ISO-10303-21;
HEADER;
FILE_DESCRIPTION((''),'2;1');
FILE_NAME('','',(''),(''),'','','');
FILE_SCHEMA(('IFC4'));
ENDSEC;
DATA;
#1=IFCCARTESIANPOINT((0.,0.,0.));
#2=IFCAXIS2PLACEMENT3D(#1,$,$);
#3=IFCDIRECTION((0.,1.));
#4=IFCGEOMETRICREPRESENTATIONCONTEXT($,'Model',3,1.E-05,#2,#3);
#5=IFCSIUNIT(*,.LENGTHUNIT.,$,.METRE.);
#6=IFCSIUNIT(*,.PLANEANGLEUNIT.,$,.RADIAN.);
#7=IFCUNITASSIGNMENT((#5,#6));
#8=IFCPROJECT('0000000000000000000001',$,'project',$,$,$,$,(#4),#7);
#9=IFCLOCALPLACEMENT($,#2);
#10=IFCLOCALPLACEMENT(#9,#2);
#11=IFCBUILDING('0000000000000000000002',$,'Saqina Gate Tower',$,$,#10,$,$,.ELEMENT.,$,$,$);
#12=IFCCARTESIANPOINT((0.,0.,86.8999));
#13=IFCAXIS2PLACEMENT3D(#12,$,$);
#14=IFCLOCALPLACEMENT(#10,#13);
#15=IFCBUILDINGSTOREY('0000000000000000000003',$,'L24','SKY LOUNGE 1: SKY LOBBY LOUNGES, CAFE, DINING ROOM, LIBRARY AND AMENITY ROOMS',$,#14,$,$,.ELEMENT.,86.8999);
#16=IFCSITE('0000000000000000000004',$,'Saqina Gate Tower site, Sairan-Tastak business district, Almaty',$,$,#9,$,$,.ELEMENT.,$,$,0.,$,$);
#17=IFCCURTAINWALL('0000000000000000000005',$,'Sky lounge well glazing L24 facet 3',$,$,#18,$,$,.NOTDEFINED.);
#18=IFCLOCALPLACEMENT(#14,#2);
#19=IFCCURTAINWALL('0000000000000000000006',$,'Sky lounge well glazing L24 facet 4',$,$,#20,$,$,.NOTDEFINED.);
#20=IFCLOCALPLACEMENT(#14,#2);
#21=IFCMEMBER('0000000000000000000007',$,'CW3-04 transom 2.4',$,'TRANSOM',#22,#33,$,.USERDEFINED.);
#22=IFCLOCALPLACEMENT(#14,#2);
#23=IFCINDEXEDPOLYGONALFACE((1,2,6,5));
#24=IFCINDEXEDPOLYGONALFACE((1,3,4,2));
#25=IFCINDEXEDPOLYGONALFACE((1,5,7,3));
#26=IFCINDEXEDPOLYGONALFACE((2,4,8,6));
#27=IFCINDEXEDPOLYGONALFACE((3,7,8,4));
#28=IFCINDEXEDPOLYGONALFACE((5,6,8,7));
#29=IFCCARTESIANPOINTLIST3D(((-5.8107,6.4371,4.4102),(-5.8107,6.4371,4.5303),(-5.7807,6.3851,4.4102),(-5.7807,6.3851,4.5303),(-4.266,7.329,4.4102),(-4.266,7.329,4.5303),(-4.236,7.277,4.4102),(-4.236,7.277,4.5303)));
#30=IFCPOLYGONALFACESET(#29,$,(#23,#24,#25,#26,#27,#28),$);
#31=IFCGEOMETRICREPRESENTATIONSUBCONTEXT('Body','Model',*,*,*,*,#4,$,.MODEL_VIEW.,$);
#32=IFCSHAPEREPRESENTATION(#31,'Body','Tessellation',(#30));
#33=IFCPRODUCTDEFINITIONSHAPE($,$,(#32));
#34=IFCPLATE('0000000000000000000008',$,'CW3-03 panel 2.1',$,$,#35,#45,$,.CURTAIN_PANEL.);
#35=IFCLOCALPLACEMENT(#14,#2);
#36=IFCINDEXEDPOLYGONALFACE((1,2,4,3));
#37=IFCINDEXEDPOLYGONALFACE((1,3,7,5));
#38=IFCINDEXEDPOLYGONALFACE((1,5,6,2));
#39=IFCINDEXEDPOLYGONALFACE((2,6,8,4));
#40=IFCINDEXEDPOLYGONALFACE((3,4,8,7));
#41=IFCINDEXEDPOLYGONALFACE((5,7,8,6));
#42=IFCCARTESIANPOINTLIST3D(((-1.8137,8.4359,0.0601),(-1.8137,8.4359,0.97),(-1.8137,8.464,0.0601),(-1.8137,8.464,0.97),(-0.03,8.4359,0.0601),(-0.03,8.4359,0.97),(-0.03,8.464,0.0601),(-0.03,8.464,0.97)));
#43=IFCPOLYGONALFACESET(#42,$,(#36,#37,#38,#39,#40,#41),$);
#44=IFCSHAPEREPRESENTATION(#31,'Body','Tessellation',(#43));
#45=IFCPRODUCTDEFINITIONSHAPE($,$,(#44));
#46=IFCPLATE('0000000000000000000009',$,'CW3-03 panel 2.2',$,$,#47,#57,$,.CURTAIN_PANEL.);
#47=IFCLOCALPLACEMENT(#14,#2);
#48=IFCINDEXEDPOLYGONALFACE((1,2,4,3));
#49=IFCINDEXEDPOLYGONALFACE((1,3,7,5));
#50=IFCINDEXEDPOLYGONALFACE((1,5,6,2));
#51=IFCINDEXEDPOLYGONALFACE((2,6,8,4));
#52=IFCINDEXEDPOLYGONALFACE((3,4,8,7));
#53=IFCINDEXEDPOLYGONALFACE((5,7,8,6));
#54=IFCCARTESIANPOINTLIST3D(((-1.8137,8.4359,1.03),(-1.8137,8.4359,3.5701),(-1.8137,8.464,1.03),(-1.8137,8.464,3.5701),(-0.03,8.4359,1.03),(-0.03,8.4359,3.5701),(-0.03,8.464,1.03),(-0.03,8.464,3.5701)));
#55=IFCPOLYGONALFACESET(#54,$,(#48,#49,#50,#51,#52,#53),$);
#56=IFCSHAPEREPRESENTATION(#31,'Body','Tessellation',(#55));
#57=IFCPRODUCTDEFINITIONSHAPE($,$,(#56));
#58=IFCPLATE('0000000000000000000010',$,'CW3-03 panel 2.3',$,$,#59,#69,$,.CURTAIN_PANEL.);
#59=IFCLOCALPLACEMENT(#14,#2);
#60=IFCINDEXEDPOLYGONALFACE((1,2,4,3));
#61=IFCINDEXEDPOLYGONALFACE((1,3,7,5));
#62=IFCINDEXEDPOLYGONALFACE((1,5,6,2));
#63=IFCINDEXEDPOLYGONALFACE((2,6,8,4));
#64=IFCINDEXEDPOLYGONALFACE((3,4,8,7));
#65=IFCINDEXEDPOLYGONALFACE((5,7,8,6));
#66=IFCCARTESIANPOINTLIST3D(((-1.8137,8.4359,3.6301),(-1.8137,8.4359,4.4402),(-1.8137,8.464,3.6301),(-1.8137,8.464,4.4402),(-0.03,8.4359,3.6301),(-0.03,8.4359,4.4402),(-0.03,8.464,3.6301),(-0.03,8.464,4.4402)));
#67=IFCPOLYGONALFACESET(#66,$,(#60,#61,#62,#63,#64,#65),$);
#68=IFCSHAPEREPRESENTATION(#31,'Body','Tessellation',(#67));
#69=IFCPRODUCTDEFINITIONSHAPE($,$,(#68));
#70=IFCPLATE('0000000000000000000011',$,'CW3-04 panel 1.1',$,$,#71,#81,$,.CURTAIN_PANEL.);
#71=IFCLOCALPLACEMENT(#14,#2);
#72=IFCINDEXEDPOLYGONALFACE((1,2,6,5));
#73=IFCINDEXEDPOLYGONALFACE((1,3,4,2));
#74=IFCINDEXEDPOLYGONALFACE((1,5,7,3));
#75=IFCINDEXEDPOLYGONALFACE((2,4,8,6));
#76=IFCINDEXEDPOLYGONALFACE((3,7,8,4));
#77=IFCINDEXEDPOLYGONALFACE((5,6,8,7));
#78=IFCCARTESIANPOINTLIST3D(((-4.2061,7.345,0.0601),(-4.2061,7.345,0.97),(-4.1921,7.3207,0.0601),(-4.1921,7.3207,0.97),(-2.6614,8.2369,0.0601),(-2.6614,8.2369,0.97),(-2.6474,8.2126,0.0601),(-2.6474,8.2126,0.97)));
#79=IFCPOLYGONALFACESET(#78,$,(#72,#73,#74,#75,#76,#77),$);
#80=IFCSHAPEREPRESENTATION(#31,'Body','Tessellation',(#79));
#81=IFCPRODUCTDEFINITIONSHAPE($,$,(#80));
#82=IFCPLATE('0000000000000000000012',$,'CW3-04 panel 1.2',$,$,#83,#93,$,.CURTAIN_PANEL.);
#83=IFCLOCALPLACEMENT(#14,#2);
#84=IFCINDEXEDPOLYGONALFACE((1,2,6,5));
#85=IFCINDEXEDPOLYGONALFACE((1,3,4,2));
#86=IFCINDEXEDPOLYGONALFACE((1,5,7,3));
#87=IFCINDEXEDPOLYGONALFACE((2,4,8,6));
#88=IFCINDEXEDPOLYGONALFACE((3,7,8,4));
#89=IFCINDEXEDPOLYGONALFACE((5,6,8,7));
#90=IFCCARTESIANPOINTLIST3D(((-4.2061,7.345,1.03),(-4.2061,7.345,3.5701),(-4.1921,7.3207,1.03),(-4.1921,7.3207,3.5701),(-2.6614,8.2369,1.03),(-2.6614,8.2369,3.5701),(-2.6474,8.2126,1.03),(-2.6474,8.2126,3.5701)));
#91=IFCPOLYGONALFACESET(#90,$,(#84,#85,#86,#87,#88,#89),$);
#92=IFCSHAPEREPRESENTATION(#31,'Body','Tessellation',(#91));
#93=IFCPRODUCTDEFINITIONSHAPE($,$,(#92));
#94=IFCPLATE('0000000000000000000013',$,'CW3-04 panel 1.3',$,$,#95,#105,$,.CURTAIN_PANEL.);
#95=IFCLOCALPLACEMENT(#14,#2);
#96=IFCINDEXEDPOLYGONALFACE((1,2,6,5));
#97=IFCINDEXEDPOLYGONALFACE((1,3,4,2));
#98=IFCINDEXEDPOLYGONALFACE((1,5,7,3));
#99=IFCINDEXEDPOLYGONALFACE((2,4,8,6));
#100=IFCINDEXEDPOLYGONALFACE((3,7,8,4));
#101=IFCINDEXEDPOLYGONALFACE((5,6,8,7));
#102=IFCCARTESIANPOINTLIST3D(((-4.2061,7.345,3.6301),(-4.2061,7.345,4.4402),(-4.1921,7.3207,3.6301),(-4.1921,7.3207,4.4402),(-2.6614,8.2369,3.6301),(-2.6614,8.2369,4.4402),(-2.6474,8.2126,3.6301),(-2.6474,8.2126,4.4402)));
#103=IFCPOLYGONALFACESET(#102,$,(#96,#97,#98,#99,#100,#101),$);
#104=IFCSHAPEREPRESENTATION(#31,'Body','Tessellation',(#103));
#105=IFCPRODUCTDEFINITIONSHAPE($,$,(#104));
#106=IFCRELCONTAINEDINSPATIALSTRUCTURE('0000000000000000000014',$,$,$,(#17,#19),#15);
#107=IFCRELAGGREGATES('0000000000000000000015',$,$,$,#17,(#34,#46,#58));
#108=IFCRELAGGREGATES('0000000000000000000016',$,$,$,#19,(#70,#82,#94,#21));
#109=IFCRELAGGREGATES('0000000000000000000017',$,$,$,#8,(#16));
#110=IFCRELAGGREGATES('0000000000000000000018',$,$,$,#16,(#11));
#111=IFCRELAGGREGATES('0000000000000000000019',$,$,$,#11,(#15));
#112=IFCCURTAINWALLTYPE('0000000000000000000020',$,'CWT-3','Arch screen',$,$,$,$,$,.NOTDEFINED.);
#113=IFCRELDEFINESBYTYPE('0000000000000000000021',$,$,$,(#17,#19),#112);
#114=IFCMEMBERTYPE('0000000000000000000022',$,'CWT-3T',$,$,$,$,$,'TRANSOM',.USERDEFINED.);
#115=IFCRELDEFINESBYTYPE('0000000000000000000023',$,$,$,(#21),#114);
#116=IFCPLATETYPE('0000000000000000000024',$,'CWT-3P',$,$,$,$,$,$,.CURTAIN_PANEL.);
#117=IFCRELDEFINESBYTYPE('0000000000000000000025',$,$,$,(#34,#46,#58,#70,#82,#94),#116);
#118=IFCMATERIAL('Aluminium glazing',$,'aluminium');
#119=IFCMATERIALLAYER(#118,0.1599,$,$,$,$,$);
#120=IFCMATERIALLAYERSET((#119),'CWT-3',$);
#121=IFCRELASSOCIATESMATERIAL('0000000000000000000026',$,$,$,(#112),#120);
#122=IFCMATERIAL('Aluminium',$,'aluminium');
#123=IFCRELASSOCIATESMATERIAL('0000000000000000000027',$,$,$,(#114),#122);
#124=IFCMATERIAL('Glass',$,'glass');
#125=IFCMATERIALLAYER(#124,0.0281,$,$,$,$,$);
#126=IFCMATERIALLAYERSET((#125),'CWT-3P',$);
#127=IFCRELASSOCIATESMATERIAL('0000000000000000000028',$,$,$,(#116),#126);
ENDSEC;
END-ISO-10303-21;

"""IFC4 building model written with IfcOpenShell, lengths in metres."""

from ifc_helpers import new_model, si_unit, direction, frame, origin, origin_2d, place, context, subcontext, project, spatial, rectangle, extrude, material, layer, layer_set, material_profile, profile_set, type_object, element, aggregate, save


model = new_model("IFC4")

# Units and contexts
model_context = context("Model", 3, precision=1e-05, world=origin(), true_north=direction((0.0, 1.0)))
body_context = subcontext(model_context, "Body", "Model", "MODEL_VIEW")
ifc_project = project(units=[si_unit("LENGTHUNIT", "METRE"), si_unit("PLANEANGLEUNIT", "RADIAN")], contexts=[model_context])

# Site, building, storey
site_placement = place(None, origin())
site = spatial("IfcSite", under=ifc_project, at=site_placement, Name="Saqina Gate Tower site, Sairan-Tastak business district, Almaty", CompositionType="ELEMENT", RefElevation=0.0)
building_placement = place(site_placement, origin())
building = spatial("IfcBuilding", under=site, at=building_placement, Name="Saqina Gate Tower", CompositionType="ELEMENT")
storey_placement = place(building_placement, frame((0.0, 0.0, 86.8999)))
storey = spatial("IfcBuildingStorey", under=building, at=storey_placement, Name="L24", Description="SKY LOUNGE 1: SKY LOBBY LOUNGES, CAFE, DINING ROOM, LIBRARY AND AMENITY ROOMS", CompositionType="ELEMENT", Elevation=86.8999)

# Curtain wall
ifc_material_1 = material(Name="Aluminium glazing", Category="aluminium")
ifc_layer_1 = layer(ifc_material_1, 0.1599)
ifc_layer_set_1 = layer_set([ifc_layer_1], Name="CWT-3")
curtain_wall_type = type_object("IfcCurtainWallType", Name="CWT-3", Description="Arch screen", PredefinedType="NOTDEFINED", material=ifc_layer_set_1)
curtain_wall_1_placement = place(storey_placement, origin())
curtain_wall_1 = element("IfcCurtainWall", 1, at=curtain_wall_1_placement, inside=storey, type_object=curtain_wall_type, Name="Sky lounge well glazing L24 facet 3", PredefinedType="NOTDEFINED")

# Curtain wall
curtain_wall_2_placement = place(storey_placement, origin())
curtain_wall_2 = element("IfcCurtainWall", 2, at=curtain_wall_2_placement, inside=storey, type_object=curtain_wall_type, Name="Sky lounge well glazing L24 facet 4", PredefinedType="NOTDEFINED")

# Member
ifc_material_2 = material(Name="Aluminium", Category="aluminium")
ifc_material_profile_1 = material_profile(ifc_material_2, rectangle(XDim=0.0601, YDim=0.1201, at=origin_2d()), Name="Aluminium 60x120")
ifc_profile_set_1 = profile_set([ifc_material_profile_1], Name="Aluminium")
member_type_1 = type_object("IfcMemberType", Name="CWT-3T", ElementType="TRANSOM", PredefinedType="USERDEFINED", material=ifc_profile_set_1)
member_1_placement = place(storey_placement, frame((-4.251, 7.303, 4.4702), z_axis=(-0.866019, -0.500011, 0.0), x_axis=(0.500011, -0.866019, 0.0)))
member_1 = element("IfcMember", 3, at=member_1_placement, type_object=member_type_1, Name="CW3-04 transom 2.4", ObjectType="TRANSOM", PredefinedType="USERDEFINED", context=body_context, shape_type="SweptSolid", body=[
    extrude(rectangle(XDim=0.0601, YDim=0.1201, at=origin_2d()), origin(), (0.0, 0.0, 1.0), 1.7837),
])

# Plates
ifc_material_3 = material(Name="Glass", Category="glass")
ifc_layer_2 = layer(ifc_material_3, 0.0281)
ifc_layer_set_2 = layer_set([ifc_layer_2], Name="CWT-3P")
plate_type = type_object("IfcPlateType", Name="CWT-3P", PredefinedType="CURTAIN_PANEL", material=ifc_layer_set_2)
plate_1_placement = place(storey_placement, frame((-0.9219, 8.45, 0.0601), z_axis=(0.0, 0.0, 1.0), x_axis=(-1.0, 0.0, 0.0)))
plate_1 = element("IfcPlate", 4, at=plate_1_placement, type_object=plate_type, Name="CW3-03 panel 2.1", PredefinedType="CURTAIN_PANEL", context=body_context, shape_type="SweptSolid", body=[
    extrude(rectangle(XDim=1.7837, YDim=0.0281, at=origin_2d()), origin(), (0.0, 0.0, 1.0), 0.9099),
])
plate_2_placement = place(storey_placement, frame((-0.9219, 8.45, 1.03), z_axis=(0.0, 0.0, 1.0), x_axis=(-1.0, 0.0, 0.0)))
plate_2 = element("IfcPlate", 5, at=plate_2_placement, type_object=plate_type, Name="CW3-03 panel 2.2", PredefinedType="CURTAIN_PANEL", context=body_context, shape_type="SweptSolid", body=[
    extrude(rectangle(XDim=1.7837, YDim=0.0281, at=origin_2d()), origin(), (0.0, 0.0, 1.0), 2.54),
])
plate_3_placement = place(storey_placement, frame((-0.9219, 8.45, 3.6301), z_axis=(0.0, 0.0, 1.0), x_axis=(-1.0, 0.0, 0.0)))
plate_3 = element("IfcPlate", 6, at=plate_3_placement, type_object=plate_type, Name="CW3-03 panel 2.3", PredefinedType="CURTAIN_PANEL", context=body_context, shape_type="SweptSolid", body=[
    extrude(rectangle(XDim=1.7837, YDim=0.0281, at=origin_2d()), origin(), (0.0, 0.0, 1.0), 0.8101),
])
aggregate(curtain_wall_1, [plate_1, plate_2, plate_3])
plate_4_placement = place(storey_placement, frame((-3.4268, 7.7788, 0.0601), z_axis=(0.0, 0.0, 1.0), x_axis=(-0.866029, -0.499993, 0.0)))
plate_4 = element("IfcPlate", 7, at=plate_4_placement, type_object=plate_type, Name="CW3-04 panel 1.1", PredefinedType="CURTAIN_PANEL", context=body_context, shape_type="SweptSolid", body=[
    extrude(rectangle(XDim=1.7837, YDim=0.0281, at=origin_2d()), origin(), (0.0, 0.0, 1.0), 0.9099),
])
plate_5_placement = place(storey_placement, frame((-3.4268, 7.7788, 1.03), z_axis=(0.0, 0.0, 1.0), x_axis=(-0.866029, -0.499993, 0.0)))
plate_5 = element("IfcPlate", 8, at=plate_5_placement, type_object=plate_type, Name="CW3-04 panel 1.2", PredefinedType="CURTAIN_PANEL", context=body_context, shape_type="SweptSolid", body=[
    extrude(rectangle(XDim=1.7837, YDim=0.0281, at=origin_2d()), origin(), (0.0, 0.0, 1.0), 2.54),
])
plate_6_placement = place(storey_placement, frame((-3.4268, 7.7788, 3.6301), z_axis=(0.0, 0.0, 1.0), x_axis=(-0.866029, -0.499993, 0.0)))
plate_6 = element("IfcPlate", 9, at=plate_6_placement, type_object=plate_type, Name="CW3-04 panel 1.3", PredefinedType="CURTAIN_PANEL", context=body_context, shape_type="SweptSolid", body=[
    extrude(rectangle(XDim=1.7837, YDim=0.0281, at=origin_2d()), origin(), (0.0, 0.0, 1.0), 0.8101),
])
aggregate(curtain_wall_2, [plate_4, plate_5, plate_6, member_1])

save(model, "model.ifc")
